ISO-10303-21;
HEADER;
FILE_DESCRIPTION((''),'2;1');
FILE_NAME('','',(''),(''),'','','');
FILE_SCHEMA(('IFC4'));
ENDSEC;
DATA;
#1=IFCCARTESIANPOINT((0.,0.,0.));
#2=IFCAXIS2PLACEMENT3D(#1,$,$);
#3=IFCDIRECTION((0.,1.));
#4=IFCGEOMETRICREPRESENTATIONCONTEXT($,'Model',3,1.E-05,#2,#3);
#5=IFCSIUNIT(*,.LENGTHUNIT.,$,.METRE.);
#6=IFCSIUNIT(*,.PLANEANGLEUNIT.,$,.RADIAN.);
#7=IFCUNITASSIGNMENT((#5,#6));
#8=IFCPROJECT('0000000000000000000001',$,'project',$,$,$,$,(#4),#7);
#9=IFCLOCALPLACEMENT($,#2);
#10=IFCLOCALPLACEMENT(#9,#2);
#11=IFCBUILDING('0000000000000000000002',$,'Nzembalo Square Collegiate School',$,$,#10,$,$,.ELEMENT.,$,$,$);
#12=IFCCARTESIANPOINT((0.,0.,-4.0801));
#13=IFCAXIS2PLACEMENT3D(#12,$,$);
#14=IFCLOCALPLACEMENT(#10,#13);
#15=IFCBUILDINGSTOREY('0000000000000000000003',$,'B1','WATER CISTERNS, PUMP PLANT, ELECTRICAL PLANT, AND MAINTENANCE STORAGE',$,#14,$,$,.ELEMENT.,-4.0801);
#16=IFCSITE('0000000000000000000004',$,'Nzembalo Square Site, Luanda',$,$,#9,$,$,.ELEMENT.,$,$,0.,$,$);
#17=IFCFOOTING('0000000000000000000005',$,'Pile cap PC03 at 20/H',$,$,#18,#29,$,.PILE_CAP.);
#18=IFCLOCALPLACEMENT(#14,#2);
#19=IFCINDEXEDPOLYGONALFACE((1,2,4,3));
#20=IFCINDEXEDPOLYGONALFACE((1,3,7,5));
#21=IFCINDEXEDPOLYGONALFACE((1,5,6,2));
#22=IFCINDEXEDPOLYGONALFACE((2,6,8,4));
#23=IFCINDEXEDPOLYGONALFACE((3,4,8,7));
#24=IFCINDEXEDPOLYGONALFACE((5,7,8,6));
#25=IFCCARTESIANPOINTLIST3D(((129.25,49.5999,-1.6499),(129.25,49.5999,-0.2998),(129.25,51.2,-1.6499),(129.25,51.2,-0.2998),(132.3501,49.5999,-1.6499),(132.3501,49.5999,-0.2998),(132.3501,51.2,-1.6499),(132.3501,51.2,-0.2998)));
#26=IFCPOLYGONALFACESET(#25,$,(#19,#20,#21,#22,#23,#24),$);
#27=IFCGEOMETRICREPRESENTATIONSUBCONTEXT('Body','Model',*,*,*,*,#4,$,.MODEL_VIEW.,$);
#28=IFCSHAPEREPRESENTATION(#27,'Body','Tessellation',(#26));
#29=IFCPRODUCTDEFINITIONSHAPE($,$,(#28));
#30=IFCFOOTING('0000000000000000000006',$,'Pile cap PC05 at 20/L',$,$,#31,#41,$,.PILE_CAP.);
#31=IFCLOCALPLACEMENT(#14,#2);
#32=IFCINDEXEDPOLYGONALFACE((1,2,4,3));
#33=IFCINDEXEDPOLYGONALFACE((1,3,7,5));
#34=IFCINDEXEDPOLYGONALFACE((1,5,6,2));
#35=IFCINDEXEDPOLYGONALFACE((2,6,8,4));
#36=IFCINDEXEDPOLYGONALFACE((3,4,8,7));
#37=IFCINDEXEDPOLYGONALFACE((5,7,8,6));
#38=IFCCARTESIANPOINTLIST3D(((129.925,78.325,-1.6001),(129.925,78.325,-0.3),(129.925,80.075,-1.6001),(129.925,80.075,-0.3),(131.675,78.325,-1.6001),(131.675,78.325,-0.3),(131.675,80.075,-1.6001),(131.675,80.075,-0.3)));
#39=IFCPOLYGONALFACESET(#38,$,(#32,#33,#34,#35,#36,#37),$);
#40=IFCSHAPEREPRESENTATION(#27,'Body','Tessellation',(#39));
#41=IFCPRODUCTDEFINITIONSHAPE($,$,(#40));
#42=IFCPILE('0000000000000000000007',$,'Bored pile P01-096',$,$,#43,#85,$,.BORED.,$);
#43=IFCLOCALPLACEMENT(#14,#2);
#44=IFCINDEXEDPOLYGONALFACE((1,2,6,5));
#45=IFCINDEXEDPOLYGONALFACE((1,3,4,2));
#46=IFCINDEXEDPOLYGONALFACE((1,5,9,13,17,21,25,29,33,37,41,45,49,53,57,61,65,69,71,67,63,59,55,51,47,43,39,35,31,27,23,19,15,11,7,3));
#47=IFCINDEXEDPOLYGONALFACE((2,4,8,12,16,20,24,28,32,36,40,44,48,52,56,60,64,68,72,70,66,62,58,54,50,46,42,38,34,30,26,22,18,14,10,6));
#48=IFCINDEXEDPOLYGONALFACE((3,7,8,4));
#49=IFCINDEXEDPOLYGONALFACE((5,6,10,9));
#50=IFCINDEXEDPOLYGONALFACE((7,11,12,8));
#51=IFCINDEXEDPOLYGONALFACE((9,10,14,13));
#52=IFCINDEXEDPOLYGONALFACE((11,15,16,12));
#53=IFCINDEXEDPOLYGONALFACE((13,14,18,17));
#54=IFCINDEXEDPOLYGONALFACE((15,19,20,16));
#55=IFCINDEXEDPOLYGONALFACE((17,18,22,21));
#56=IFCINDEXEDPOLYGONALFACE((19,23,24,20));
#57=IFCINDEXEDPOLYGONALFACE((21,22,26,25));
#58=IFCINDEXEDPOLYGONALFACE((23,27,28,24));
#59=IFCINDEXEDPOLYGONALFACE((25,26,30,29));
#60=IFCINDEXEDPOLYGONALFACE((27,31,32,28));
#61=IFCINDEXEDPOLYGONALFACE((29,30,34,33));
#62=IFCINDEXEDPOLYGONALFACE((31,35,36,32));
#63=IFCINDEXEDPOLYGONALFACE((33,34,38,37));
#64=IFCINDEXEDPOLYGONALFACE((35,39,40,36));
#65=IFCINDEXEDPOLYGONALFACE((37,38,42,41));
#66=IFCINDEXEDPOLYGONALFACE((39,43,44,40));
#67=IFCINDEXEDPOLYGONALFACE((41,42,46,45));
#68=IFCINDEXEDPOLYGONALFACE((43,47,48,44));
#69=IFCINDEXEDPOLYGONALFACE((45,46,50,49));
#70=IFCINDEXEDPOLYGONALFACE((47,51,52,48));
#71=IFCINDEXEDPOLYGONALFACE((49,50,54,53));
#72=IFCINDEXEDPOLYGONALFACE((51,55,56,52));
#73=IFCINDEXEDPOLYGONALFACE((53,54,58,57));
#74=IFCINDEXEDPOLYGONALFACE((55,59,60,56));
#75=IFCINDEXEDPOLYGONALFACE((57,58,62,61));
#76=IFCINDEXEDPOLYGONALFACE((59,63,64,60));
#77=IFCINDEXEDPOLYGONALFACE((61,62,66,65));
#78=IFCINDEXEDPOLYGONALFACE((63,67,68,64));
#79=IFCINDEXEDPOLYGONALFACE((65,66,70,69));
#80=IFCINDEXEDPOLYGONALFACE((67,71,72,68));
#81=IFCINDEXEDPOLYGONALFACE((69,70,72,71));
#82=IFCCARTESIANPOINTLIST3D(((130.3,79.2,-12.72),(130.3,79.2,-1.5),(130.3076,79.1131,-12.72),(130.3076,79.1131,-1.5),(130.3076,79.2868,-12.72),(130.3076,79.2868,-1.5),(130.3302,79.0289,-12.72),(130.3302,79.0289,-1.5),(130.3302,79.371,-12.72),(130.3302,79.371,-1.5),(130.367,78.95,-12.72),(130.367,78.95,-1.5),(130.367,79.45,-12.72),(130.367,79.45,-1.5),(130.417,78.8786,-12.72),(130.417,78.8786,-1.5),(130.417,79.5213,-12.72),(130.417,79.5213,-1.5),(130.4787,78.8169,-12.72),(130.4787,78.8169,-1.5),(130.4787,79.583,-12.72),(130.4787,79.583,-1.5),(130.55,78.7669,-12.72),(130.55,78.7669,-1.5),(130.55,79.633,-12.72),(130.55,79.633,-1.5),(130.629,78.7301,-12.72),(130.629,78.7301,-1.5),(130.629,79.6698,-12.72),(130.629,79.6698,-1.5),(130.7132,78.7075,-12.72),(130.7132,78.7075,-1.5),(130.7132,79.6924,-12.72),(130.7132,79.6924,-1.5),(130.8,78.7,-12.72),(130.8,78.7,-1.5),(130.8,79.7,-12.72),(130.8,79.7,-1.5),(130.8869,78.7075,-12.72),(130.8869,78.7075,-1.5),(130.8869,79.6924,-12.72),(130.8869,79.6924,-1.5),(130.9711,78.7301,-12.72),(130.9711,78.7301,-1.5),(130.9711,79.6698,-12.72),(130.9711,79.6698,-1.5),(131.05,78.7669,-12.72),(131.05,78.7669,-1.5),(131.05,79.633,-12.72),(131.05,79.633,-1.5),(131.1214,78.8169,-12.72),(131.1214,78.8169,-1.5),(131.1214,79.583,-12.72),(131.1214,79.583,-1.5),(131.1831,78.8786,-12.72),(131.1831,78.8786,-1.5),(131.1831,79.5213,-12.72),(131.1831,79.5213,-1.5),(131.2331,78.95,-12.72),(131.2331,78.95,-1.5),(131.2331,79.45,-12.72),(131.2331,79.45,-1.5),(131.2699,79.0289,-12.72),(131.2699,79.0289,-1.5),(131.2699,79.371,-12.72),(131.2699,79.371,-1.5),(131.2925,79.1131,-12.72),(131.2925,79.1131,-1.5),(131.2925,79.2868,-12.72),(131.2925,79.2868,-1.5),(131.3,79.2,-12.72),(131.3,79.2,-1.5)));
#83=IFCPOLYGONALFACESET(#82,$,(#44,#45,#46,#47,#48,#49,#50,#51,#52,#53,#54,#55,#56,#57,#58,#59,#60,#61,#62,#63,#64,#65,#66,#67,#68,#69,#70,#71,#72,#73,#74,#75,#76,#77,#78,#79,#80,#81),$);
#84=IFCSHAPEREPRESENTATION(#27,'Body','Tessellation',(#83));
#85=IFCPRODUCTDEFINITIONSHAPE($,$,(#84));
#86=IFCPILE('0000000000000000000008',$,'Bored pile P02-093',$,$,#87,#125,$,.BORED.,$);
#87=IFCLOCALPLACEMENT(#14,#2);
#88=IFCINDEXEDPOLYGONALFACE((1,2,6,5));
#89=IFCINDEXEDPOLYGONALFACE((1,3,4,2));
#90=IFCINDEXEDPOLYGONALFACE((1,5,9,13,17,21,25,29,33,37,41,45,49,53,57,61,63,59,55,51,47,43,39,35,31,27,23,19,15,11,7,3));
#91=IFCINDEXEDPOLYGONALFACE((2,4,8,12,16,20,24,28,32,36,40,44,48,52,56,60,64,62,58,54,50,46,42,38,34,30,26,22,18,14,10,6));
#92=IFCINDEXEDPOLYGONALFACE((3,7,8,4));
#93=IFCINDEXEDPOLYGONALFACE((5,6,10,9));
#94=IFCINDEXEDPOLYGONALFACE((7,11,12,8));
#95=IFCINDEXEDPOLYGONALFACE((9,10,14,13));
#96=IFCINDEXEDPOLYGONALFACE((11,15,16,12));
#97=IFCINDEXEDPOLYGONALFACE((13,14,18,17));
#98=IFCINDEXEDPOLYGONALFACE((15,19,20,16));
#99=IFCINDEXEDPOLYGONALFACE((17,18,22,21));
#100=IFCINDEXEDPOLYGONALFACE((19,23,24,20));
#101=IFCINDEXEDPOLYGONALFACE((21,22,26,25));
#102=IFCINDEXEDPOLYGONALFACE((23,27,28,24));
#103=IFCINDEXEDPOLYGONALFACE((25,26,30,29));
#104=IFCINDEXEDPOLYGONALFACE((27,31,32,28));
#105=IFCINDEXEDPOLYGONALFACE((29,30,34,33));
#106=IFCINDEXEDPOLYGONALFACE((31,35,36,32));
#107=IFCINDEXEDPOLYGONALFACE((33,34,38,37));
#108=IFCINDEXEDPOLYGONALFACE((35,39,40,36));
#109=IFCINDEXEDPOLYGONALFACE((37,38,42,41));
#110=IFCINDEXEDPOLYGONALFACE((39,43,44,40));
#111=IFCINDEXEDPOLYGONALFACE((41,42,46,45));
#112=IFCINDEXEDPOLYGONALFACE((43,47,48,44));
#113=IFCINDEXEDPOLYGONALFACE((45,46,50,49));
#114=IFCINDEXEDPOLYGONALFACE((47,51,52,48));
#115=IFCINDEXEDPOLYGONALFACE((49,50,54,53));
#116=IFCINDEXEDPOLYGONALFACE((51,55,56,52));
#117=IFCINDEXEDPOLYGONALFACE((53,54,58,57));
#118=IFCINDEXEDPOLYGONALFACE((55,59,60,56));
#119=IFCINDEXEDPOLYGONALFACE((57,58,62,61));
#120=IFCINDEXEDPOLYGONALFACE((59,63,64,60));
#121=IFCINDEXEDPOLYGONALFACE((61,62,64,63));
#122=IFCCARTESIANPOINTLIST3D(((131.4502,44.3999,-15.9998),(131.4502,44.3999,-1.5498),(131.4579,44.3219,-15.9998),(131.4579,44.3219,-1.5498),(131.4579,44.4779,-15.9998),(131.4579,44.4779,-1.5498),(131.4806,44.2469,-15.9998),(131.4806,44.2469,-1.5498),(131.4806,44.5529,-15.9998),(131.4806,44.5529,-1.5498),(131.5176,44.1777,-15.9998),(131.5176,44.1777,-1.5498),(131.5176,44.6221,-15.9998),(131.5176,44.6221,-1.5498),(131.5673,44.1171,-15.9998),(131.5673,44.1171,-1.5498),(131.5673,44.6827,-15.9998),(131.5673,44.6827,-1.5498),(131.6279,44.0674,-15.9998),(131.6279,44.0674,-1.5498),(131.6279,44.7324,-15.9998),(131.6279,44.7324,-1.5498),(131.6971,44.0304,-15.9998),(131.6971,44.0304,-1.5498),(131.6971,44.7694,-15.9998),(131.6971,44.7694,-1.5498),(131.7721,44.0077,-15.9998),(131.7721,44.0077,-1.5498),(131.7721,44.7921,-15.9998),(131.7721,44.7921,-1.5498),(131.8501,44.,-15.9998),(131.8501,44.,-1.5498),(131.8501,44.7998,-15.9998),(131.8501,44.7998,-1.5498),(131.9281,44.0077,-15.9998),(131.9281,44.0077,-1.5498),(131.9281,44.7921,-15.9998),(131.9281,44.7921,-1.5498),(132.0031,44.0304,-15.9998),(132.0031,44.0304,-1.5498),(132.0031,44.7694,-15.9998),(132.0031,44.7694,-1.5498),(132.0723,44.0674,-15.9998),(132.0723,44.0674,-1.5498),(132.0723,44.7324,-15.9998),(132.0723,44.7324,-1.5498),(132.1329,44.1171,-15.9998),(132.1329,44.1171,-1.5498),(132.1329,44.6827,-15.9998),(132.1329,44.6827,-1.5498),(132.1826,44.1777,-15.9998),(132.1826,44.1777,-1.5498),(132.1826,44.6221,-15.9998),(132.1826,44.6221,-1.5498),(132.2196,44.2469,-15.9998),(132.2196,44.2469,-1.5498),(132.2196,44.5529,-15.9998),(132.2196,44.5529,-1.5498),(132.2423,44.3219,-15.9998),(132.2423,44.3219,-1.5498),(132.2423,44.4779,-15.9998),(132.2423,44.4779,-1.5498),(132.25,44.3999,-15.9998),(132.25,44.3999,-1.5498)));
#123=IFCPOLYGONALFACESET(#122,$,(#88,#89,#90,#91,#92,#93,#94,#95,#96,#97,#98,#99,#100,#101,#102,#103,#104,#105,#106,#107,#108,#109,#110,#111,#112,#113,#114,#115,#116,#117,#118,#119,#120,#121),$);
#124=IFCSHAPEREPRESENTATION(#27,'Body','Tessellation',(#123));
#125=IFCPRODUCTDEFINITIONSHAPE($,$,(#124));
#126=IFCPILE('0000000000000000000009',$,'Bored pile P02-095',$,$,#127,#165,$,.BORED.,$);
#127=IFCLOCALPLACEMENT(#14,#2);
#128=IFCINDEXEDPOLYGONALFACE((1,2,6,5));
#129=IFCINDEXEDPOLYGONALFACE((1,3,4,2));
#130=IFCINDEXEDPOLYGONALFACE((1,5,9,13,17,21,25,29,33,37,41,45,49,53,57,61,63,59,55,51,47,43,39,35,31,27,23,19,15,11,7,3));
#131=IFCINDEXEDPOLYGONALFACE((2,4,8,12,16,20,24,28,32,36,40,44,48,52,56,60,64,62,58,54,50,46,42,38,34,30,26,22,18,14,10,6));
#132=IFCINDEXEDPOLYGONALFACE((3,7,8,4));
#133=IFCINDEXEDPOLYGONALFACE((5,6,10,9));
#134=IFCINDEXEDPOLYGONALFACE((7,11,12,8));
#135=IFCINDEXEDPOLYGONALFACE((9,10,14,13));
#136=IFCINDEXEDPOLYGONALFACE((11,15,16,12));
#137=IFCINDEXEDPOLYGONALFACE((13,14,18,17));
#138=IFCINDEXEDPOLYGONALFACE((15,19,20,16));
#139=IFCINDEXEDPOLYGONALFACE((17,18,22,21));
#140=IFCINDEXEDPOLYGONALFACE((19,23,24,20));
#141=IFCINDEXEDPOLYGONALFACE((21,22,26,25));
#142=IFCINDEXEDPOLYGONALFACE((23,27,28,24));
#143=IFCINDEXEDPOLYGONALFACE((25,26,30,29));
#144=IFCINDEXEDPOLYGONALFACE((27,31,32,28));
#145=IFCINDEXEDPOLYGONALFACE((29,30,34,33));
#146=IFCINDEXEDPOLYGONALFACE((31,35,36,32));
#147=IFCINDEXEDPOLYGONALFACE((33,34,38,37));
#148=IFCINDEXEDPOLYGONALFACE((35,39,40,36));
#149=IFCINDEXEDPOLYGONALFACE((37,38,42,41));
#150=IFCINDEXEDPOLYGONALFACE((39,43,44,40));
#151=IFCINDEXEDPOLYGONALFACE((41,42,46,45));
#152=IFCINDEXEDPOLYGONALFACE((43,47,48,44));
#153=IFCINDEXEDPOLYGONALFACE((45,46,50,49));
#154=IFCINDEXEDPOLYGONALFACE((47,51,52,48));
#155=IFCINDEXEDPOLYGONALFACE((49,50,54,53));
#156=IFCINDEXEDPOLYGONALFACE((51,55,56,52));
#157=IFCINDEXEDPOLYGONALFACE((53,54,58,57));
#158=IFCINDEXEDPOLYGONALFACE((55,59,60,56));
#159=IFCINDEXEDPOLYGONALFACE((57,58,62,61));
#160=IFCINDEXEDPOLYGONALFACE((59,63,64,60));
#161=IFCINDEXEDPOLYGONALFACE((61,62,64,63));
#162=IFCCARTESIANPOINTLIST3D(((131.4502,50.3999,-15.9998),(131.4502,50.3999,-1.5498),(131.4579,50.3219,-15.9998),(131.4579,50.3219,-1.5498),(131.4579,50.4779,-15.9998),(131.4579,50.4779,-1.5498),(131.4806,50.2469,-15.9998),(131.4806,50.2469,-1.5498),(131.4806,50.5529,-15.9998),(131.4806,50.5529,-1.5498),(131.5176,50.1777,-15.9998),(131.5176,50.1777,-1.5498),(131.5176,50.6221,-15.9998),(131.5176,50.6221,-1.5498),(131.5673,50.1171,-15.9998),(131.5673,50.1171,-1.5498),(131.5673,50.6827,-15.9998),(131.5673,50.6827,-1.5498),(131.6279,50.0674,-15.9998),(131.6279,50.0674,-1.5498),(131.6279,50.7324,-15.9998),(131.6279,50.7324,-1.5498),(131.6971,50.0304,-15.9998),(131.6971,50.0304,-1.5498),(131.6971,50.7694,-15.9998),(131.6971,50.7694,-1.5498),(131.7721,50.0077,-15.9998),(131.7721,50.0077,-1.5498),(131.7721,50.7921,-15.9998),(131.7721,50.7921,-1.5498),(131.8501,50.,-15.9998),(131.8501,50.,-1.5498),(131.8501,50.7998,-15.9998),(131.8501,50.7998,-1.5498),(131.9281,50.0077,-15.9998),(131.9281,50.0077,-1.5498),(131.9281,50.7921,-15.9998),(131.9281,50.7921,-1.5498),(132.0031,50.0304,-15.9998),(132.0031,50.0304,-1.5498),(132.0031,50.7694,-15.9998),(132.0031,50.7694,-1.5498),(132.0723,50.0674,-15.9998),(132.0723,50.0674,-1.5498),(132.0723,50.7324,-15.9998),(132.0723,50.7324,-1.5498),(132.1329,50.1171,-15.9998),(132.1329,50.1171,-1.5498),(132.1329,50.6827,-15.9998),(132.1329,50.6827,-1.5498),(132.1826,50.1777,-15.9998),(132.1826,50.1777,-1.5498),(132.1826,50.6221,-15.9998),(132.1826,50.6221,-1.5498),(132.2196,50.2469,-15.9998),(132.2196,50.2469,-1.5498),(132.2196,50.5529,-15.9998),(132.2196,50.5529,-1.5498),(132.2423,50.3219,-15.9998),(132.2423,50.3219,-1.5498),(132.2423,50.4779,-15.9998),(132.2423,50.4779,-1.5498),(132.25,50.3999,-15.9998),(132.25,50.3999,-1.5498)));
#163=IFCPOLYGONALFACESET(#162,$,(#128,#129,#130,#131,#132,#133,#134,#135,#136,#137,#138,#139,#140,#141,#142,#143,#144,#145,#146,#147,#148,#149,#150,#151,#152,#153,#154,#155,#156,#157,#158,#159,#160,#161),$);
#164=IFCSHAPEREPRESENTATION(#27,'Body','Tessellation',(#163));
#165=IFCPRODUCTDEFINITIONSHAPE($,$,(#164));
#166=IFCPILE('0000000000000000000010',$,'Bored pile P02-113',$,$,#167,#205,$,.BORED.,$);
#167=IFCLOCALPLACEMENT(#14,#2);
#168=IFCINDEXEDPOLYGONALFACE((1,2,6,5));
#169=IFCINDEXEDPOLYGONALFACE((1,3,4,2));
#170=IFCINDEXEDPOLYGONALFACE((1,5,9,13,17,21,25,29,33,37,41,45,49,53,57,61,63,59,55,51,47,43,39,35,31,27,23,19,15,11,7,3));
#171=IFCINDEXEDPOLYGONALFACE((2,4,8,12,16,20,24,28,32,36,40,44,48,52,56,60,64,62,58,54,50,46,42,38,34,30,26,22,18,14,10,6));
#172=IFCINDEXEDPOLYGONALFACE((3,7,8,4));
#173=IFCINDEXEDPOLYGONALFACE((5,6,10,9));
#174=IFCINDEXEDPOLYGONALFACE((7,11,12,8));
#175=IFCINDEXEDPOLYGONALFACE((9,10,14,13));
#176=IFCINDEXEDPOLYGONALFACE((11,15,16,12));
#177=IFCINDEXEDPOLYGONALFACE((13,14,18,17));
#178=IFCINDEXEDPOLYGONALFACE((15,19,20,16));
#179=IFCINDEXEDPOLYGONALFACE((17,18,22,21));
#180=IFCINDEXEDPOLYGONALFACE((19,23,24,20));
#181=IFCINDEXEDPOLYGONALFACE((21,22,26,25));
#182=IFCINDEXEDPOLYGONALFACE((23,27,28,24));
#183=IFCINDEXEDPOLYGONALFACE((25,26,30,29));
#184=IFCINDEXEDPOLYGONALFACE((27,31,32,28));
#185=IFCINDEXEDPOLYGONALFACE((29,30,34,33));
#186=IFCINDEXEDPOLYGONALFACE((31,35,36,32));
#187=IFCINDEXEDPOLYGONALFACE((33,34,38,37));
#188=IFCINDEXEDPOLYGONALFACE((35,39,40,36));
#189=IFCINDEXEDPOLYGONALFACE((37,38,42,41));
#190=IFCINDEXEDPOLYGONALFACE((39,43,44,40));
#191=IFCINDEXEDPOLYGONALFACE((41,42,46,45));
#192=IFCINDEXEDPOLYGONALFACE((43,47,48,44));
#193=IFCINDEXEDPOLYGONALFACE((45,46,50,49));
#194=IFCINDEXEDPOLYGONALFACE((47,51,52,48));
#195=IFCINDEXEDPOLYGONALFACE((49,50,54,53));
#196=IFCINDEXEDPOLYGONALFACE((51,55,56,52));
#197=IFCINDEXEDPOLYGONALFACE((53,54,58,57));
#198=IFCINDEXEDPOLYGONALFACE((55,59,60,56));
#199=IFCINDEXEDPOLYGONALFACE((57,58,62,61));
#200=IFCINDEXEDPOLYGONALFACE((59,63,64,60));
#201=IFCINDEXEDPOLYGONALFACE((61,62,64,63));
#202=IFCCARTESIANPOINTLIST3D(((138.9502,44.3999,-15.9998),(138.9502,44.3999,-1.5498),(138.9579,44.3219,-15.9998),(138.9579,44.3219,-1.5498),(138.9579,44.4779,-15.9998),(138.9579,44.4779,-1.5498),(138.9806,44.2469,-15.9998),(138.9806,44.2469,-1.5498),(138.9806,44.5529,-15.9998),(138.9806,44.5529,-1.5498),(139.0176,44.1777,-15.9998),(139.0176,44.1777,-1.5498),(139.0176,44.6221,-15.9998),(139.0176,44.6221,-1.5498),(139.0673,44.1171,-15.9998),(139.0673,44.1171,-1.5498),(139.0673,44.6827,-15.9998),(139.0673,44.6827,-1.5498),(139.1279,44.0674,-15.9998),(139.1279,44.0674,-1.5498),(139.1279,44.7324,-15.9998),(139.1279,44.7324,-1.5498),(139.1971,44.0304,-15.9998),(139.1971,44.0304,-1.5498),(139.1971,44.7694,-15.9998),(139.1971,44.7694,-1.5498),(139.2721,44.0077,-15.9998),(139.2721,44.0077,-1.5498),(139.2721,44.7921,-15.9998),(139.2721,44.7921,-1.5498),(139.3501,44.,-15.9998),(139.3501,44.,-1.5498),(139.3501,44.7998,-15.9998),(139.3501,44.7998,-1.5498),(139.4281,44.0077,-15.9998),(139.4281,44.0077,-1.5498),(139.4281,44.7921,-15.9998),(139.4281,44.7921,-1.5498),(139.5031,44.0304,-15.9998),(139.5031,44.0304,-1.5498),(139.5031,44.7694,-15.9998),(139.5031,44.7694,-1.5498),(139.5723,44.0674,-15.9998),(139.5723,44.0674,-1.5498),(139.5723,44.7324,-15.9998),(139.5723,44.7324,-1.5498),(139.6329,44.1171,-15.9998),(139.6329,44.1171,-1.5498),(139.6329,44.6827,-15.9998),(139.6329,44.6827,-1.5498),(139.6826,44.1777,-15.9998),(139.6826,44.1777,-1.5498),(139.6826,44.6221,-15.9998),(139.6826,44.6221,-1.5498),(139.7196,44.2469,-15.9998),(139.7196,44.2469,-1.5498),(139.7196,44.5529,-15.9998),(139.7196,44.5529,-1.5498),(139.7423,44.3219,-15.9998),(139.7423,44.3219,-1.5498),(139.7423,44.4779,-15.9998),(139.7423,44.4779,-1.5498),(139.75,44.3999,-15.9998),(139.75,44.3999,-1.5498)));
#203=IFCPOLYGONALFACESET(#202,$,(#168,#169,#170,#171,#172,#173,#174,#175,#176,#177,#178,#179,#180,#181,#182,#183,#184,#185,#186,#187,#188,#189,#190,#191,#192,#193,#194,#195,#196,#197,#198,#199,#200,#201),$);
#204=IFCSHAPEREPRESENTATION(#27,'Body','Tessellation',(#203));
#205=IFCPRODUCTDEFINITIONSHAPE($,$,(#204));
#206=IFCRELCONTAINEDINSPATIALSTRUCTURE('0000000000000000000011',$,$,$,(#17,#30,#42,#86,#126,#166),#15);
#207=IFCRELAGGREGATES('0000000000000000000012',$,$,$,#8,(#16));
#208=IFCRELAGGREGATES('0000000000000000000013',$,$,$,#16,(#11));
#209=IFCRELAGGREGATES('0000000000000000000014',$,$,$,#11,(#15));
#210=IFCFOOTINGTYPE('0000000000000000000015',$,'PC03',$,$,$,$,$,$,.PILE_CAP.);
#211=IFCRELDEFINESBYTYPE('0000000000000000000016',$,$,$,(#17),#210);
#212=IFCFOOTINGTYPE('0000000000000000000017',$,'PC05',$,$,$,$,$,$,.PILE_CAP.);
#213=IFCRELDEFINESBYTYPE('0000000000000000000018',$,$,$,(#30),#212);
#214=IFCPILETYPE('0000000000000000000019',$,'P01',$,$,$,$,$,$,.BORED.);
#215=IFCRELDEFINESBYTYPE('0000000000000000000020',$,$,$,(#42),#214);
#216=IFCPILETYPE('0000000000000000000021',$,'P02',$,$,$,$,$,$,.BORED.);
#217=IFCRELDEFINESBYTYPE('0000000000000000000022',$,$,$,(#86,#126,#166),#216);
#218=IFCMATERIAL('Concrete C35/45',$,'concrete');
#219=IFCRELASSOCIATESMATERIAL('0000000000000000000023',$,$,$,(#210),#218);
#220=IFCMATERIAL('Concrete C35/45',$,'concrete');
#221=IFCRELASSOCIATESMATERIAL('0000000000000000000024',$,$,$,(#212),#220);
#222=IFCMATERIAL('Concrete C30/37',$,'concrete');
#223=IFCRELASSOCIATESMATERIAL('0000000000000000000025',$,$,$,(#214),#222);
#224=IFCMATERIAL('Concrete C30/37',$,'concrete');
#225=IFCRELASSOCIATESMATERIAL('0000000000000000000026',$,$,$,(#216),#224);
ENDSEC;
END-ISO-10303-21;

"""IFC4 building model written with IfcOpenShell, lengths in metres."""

from ifc_helpers import new_model, si_unit, direction, frame, origin, origin_2d, place, context, subcontext, project, spatial, rectangle, circle, extrude, material, material_profile, profile_set, type_object, element, save


model = new_model("IFC4")

# Units and contexts
model_context = context("Model", 3, precision=1e-05, world=origin(), true_north=direction((0.0, 1.0)))
body_context = subcontext(model_context, "Body", "Model", "MODEL_VIEW")
ifc_project = project(units=[si_unit("LENGTHUNIT", "METRE"), si_unit("PLANEANGLEUNIT", "RADIAN")], contexts=[model_context])

# Site, building, storey
site_placement = place(None, origin())
site = spatial("IfcSite", under=ifc_project, at=site_placement, Name="Nzembalo Square Site, Luanda", CompositionType="ELEMENT", RefElevation=0.0)
building_placement = place(site_placement, origin())
building = spatial("IfcBuilding", under=site, at=building_placement, Name="Nzembalo Square Collegiate School", CompositionType="ELEMENT")
storey_placement = place(building_placement, frame((0.0, 0.0, -4.0801)))
storey = spatial("IfcBuildingStorey", under=building, at=storey_placement, Name="B1", Description="WATER CISTERNS, PUMP PLANT, ELECTRICAL PLANT, AND MAINTENANCE STORAGE", CompositionType="ELEMENT", Elevation=-4.0801)

# Footings
ifc_material_1 = material(Name="Concrete C35/45", Category="concrete")
footing_type_1 = type_object("IfcFootingType", Name="PC03", PredefinedType="PILE_CAP", material=ifc_material_1)
footing_1_placement = place(storey_placement, frame((130.8, 50.3999, -1.6499), z_axis=(0.0, 0.0, 1.0), x_axis=(1.0, 0.0, 0.0)))
element("IfcFooting", 1, at=footing_1_placement, inside=storey, type_object=footing_type_1, Name="Pile cap PC03 at 20/H", PredefinedType="PILE_CAP", context=body_context, shape_type="SweptSolid", body=[
    extrude(rectangle(XDim=3.1001, YDim=1.6001, at=origin_2d()), origin(), (0.0, 0.0, 1.0), 1.3501),
])
ifc_material_2 = material(Name="Concrete C35/45", Category="concrete")
footing_type_2 = type_object("IfcFootingType", Name="PC05", PredefinedType="PILE_CAP", material=ifc_material_2)
footing_2_placement = place(storey_placement, frame((130.8, 79.2, -1.6001), z_axis=(0.0, 0.0, 1.0), x_axis=(1.0, 0.0, 0.0)))
element("IfcFooting", 2, at=footing_2_placement, inside=storey, type_object=footing_type_2, Name="Pile cap PC05 at 20/L", PredefinedType="PILE_CAP", context=body_context, shape_type="SweptSolid", body=[
    extrude(rectangle(XDim=1.75, YDim=1.75, at=origin_2d()), origin(), (0.0, 0.0, 1.0), 1.3),
])

# Piles
ifc_material_3 = material(Name="Concrete C30/37", Category="concrete")
ifc_material_profile_1 = material_profile(ifc_material_3, circle(Radius=0.5, at=origin_2d()), Name="PILE D1000")
ifc_profile_set_1 = profile_set([ifc_material_profile_1], Name="Concrete C30/37")
pile_type_1 = type_object("IfcPileType", Name="P01", PredefinedType="BORED", material=ifc_profile_set_1)
pile_placement = place(storey_placement, frame((130.8, 79.2, -1.5), z_axis=(0.0, 0.0, -1.0), x_axis=(1.0, 0.0, 0.0)))
element("IfcPile", 3, at=pile_placement, inside=storey, type_object=pile_type_1, Name="Bored pile P01-096", PredefinedType="BORED", context=body_context, shape_type="SweptSolid", body=[
    extrude(circle(Radius=0.5, at=origin_2d()), origin(), (0.0, 0.0, 1.0), 11.22),
])
ifc_material_4 = material(Name="Concrete C30/37", Category="concrete")
ifc_material_profile_2 = material_profile(ifc_material_4, circle(Radius=0.3999, at=origin_2d()), Name="PILE D800")
ifc_profile_set_2 = profile_set([ifc_material_profile_2], Name="Concrete C30/37")
pile_type_2 = type_object("IfcPileType", Name="P02", PredefinedType="BORED", material=ifc_profile_set_2)
for number, where, z_axis, x_axis, name in (
    (4, (131.8501, 44.3999, -1.5498), (0.0, 0.0, -1.0), (1.0, 0.0, 0.0), "Bored pile P02-093"),
    (5, (131.8501, 50.3999, -1.5498), (0.0, 0.0, -1.0), (1.0, 0.0, 0.0), "Bored pile P02-095"),
    (6, (139.3501, 44.3999, -1.5498), (0.0, 0.0, -1.0), (1.0, 0.0, 0.0), "Bored pile P02-113"),
):
    element("IfcPile", number, at=place(storey_placement, frame(where, z_axis=z_axis, x_axis=x_axis)), inside=storey, type_object=pile_type_2, Name=name, PredefinedType="BORED", context=body_context, shape_type="SweptSolid", body=[
        extrude(circle(Radius=0.3999, at=origin_2d()), origin(), (0.0, 0.0, 1.0), 14.45),
    ])

save(model, "model.ifc")
